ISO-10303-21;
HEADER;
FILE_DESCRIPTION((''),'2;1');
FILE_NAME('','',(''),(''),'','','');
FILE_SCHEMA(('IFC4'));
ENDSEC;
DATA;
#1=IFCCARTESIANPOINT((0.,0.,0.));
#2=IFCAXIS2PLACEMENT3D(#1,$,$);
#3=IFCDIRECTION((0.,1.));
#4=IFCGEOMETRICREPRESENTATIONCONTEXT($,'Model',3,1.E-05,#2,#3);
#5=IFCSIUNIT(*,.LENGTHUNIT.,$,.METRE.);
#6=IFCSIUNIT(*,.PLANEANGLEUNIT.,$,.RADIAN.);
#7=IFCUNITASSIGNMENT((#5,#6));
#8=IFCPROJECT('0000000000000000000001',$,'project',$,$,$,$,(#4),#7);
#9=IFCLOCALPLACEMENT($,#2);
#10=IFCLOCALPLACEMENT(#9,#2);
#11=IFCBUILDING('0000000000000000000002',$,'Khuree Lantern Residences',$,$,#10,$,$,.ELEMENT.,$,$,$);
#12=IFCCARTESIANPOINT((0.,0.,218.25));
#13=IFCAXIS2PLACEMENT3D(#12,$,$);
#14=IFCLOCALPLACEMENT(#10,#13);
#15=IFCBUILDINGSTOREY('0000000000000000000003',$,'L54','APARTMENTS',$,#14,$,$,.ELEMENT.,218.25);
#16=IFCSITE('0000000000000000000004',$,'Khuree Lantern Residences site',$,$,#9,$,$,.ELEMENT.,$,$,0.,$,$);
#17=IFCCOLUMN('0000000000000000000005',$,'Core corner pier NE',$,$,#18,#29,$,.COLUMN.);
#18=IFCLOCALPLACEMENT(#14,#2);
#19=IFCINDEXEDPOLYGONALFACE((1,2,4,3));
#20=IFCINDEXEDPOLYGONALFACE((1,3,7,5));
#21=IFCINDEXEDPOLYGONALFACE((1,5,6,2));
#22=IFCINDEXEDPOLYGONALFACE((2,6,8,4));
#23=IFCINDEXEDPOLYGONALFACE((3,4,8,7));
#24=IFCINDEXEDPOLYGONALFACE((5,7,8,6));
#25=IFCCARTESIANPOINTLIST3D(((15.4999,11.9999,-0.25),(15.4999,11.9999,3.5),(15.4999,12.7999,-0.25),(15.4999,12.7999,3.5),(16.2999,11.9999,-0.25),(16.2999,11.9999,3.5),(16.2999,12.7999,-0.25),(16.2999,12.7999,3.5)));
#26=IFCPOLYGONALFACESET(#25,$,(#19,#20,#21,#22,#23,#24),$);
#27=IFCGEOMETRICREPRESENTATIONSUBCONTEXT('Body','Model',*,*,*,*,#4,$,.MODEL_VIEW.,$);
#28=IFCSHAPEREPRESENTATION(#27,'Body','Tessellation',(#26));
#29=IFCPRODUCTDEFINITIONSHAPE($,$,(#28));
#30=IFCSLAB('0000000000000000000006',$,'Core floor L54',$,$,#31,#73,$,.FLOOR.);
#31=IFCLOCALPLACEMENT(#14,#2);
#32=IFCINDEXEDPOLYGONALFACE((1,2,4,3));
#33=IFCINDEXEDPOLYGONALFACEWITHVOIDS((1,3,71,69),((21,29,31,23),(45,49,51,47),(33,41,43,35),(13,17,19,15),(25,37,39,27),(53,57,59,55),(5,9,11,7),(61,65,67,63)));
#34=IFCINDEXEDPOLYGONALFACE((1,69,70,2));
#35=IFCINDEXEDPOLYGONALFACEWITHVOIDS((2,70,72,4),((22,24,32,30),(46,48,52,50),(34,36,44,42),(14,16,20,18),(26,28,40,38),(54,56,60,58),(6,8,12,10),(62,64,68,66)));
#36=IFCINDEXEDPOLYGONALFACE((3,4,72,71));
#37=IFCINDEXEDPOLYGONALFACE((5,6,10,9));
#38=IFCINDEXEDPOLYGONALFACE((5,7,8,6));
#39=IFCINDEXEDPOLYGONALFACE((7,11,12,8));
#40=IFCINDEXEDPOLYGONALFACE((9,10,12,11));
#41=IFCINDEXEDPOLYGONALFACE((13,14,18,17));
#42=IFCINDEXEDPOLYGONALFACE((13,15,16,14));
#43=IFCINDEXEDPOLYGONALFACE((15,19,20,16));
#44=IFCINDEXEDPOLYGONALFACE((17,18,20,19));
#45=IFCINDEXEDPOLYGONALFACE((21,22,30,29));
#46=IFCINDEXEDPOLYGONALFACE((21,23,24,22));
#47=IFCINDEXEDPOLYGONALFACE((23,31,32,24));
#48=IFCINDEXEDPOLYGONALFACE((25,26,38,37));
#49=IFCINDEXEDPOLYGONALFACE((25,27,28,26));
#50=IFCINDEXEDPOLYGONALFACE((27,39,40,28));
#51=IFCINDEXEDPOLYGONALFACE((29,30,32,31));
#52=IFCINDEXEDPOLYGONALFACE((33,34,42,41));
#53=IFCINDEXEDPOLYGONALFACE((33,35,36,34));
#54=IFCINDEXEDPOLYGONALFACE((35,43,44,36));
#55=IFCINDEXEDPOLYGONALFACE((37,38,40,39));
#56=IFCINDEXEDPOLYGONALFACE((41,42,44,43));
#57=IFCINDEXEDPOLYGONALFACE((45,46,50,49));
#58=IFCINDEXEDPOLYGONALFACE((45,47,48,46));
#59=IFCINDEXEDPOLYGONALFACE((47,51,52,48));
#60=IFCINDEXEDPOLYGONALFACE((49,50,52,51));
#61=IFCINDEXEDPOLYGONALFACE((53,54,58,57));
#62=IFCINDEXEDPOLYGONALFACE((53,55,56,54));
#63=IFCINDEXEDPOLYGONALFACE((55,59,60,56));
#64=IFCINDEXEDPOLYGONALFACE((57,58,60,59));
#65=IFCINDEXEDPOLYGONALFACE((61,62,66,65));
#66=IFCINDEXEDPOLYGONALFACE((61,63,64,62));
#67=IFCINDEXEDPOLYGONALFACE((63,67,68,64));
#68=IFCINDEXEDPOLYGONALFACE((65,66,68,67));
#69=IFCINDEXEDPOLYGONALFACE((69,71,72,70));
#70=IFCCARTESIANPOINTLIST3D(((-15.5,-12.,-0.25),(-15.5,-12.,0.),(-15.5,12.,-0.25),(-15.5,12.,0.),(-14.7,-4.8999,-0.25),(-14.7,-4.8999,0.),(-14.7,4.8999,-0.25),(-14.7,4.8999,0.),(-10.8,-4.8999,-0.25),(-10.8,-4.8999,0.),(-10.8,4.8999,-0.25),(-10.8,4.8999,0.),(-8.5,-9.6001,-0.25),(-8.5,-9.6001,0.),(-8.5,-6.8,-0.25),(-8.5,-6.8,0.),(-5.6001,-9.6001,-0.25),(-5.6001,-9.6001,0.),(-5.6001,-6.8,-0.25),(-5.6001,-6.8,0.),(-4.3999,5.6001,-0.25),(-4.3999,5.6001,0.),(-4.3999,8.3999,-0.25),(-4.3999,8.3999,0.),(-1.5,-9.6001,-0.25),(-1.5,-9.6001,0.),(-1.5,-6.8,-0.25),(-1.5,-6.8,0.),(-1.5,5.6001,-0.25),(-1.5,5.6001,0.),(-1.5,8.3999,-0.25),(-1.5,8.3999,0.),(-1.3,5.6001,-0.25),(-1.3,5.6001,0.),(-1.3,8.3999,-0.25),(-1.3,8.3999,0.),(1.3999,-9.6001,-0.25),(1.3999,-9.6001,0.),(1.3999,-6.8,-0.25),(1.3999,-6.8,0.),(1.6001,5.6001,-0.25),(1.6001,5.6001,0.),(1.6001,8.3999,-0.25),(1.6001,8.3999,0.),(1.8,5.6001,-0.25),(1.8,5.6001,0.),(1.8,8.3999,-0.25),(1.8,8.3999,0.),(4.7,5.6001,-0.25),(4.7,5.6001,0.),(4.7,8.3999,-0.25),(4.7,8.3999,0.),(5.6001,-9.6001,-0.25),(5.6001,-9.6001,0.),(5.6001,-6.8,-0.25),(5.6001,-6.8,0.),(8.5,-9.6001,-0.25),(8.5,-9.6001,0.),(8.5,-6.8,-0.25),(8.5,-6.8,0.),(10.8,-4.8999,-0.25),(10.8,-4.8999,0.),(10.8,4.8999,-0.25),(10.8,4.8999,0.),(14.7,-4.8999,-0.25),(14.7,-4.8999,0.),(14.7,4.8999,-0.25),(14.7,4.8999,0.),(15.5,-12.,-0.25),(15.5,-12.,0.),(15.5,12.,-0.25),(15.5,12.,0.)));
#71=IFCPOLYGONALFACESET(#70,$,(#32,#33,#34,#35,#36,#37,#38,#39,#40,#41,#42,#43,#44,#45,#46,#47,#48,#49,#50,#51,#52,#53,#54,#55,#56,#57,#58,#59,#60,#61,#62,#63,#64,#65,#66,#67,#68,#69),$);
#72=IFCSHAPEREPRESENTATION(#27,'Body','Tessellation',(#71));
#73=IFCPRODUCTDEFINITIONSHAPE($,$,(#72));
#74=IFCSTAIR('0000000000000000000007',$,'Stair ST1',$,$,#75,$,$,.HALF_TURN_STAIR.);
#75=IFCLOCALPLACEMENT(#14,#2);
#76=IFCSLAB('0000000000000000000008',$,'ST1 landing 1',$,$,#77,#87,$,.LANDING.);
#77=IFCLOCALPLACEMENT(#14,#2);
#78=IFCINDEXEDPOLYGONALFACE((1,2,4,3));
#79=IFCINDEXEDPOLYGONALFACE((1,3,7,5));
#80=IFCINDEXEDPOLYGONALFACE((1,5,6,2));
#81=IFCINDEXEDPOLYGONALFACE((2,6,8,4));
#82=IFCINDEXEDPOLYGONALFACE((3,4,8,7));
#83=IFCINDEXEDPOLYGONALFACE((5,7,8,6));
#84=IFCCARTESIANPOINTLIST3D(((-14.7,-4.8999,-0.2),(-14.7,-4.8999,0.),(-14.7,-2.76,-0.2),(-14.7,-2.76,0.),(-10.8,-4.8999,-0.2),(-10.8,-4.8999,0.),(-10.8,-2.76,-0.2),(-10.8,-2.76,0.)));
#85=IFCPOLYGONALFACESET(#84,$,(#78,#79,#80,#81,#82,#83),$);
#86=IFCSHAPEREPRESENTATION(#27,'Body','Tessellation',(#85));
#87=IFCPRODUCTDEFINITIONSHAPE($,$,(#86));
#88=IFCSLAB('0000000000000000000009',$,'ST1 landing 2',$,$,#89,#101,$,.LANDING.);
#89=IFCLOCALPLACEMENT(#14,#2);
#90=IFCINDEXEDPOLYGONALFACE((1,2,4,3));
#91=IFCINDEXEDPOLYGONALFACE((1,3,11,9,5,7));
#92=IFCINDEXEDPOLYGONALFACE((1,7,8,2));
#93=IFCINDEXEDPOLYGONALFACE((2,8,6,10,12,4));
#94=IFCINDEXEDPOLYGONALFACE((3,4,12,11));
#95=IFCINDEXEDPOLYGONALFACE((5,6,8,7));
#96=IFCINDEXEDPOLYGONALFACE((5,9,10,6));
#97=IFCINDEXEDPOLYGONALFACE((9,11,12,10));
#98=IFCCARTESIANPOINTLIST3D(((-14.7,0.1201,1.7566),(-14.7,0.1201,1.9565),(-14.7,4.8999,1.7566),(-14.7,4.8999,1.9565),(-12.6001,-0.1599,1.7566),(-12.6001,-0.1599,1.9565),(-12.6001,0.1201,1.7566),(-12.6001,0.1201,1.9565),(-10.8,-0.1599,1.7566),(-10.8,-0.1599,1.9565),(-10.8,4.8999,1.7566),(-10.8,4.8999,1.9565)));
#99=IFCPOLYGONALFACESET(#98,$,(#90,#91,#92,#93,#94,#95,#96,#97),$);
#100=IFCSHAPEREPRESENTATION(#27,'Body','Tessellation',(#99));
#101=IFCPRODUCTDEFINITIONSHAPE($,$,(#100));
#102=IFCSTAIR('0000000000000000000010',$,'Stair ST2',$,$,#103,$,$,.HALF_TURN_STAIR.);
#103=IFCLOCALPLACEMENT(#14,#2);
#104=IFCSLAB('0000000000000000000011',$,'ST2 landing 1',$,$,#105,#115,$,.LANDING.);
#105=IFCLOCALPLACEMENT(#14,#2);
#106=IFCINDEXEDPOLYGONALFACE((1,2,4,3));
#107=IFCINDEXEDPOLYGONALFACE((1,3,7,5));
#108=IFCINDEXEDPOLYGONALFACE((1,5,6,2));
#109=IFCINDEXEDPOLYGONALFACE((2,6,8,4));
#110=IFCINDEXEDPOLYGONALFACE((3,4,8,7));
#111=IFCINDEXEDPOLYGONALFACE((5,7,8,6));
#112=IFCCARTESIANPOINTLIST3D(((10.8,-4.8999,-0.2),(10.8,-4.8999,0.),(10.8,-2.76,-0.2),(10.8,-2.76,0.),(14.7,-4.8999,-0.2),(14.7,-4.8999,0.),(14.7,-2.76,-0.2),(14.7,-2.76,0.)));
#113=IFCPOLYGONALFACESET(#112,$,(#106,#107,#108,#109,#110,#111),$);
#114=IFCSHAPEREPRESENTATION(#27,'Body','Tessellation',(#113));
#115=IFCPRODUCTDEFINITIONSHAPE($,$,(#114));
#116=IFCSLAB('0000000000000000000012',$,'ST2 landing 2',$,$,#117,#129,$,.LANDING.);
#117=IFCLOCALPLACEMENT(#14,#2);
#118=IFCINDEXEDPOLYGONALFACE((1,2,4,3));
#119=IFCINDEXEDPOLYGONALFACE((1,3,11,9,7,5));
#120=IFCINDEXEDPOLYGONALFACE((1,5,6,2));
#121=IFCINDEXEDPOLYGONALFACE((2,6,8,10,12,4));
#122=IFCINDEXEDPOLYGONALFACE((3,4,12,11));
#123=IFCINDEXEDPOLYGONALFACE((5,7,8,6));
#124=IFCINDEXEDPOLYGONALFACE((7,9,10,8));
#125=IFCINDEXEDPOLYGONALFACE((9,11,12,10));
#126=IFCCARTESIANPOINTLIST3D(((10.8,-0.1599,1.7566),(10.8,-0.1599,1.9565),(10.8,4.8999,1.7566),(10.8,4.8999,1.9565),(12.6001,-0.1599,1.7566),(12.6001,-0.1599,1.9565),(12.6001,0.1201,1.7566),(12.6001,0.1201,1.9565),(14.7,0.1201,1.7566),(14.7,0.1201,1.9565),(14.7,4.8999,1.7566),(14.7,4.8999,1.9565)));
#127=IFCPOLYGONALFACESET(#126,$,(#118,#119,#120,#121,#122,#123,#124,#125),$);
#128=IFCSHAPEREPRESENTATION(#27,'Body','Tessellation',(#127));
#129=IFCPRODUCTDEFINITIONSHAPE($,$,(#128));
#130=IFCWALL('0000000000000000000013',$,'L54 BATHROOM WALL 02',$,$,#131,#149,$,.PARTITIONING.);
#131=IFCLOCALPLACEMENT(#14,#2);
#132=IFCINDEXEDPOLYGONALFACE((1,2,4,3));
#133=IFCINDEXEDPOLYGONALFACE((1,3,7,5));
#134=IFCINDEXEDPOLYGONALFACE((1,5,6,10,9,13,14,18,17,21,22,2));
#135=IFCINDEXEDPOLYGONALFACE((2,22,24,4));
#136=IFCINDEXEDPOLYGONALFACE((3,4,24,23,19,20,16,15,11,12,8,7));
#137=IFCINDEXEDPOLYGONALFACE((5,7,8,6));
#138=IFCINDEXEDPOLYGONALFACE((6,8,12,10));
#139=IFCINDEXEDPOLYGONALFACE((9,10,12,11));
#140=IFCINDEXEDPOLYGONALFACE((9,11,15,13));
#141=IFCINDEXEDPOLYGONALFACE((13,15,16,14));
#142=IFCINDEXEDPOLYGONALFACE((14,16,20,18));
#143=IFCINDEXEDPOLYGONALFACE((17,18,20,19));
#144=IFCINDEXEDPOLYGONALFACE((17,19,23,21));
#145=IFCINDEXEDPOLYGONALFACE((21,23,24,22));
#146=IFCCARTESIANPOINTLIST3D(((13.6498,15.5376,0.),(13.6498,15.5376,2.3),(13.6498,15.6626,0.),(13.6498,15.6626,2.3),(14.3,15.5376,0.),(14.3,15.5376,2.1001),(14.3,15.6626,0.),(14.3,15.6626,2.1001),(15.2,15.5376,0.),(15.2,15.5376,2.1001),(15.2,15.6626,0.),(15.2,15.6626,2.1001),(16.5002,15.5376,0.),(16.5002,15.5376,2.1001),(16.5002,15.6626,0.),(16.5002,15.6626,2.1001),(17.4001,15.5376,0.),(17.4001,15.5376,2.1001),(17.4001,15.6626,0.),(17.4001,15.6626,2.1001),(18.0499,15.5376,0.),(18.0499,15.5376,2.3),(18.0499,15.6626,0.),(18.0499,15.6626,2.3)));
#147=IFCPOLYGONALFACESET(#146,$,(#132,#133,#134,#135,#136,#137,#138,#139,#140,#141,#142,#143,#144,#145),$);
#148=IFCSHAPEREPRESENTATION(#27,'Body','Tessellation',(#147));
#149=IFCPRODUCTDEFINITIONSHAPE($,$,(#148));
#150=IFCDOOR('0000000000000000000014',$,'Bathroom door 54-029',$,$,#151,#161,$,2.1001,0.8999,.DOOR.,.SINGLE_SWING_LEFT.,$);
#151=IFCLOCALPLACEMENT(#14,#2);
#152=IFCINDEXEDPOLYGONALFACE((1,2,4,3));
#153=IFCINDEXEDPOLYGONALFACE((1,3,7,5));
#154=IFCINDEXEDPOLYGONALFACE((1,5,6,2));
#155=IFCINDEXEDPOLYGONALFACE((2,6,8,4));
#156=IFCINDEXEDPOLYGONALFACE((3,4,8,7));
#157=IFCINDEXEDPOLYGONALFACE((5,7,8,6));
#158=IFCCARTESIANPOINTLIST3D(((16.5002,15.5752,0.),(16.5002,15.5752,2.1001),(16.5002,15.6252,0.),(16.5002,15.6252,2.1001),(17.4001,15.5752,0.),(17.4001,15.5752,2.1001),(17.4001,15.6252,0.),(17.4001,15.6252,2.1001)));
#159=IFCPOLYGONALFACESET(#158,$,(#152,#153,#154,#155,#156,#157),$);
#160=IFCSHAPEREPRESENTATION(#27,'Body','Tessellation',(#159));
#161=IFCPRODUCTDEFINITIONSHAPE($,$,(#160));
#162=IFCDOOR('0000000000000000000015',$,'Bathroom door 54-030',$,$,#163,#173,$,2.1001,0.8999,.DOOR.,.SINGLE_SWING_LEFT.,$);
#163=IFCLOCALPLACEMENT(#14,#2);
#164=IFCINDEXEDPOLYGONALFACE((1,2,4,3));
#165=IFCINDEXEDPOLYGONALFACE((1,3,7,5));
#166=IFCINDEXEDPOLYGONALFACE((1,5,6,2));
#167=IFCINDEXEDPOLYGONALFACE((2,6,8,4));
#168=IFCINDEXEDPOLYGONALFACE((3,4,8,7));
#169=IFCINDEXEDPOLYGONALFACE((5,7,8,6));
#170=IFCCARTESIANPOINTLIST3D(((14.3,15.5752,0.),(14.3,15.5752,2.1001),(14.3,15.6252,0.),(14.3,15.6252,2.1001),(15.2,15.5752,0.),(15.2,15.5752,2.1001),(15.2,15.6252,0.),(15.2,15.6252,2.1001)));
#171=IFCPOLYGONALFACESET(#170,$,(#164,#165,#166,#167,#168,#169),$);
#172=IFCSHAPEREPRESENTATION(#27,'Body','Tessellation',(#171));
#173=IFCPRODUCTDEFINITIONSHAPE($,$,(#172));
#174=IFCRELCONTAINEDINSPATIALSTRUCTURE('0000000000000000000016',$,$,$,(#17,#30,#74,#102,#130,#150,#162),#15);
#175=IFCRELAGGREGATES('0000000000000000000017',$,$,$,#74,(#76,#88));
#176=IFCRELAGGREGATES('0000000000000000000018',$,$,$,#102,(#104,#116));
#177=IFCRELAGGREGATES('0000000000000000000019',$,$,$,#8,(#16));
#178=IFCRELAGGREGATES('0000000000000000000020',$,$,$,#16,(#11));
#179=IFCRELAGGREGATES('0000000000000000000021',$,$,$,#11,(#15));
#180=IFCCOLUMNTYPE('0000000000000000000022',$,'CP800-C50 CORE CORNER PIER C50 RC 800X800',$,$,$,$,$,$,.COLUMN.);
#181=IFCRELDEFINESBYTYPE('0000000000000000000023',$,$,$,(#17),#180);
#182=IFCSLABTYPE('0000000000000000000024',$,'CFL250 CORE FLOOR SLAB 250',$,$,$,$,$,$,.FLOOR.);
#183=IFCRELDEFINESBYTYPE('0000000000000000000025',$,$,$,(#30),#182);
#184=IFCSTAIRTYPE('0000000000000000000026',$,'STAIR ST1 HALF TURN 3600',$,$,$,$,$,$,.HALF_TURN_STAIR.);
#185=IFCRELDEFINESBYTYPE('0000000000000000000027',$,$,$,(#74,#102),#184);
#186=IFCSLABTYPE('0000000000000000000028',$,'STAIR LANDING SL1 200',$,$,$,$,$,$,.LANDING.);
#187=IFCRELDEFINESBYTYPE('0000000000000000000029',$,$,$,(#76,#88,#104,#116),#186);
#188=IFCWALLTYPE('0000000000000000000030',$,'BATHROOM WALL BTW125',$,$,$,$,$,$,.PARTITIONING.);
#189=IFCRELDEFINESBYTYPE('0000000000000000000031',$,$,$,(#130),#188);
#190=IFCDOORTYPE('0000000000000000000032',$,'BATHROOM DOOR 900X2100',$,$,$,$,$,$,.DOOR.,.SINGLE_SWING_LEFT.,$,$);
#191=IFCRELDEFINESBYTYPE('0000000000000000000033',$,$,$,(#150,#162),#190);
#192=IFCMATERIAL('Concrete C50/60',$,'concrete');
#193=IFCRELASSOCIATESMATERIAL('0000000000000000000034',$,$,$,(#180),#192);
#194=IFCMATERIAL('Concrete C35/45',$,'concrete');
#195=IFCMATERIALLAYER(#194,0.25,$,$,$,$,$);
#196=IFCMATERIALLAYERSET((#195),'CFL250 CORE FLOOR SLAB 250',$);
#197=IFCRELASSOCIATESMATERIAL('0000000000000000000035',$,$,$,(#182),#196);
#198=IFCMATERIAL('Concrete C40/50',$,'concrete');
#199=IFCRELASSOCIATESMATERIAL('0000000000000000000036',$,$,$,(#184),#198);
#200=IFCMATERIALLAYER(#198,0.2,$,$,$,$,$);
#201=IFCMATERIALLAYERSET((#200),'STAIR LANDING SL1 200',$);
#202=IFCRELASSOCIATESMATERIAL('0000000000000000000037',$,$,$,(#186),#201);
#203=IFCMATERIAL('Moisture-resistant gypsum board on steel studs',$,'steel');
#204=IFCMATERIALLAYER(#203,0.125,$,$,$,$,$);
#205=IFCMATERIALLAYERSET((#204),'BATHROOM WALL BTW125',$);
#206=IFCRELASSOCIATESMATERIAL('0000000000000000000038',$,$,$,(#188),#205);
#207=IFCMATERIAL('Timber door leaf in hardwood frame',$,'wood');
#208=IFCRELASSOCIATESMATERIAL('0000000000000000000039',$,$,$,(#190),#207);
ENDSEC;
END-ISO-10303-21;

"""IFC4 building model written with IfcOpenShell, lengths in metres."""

from ifc_helpers import new_model, si_unit, direction, frame, frame_2d, origin, origin_2d, place, context, subcontext, project, spatial, polyline, rectangle, outline, extrude, material, layer, layer_set, material_profile, profile_set, type_object, element, fill, aggregate, save


model = new_model("IFC4")

# Units and contexts
model_context = context("Model", 3, precision=1e-05, world=origin(), true_north=direction((0.0, 1.0)))
body_context = subcontext(model_context, "Body", "Model", "MODEL_VIEW")
ifc_project = project(units=[si_unit("LENGTHUNIT", "METRE"), si_unit("PLANEANGLEUNIT", "RADIAN")], contexts=[model_context])

# Site, building, storey
site_placement = place(None, origin())
site = spatial("IfcSite", under=ifc_project, at=site_placement, Name="Khuree Lantern Residences site", CompositionType="ELEMENT", RefElevation=0.0)
building_placement = place(site_placement, origin())
building = spatial("IfcBuilding", under=site, at=building_placement, Name="Khuree Lantern Residences", CompositionType="ELEMENT")
storey_placement = place(building_placement, frame((0.0, 0.0, 218.25)))
storey = spatial("IfcBuildingStorey", under=building, at=storey_placement, Name="L54", Description="APARTMENTS", CompositionType="ELEMENT", Elevation=218.25)

# Column
ifc_material_1 = material(Name="Concrete C50/60", Category="concrete")
ifc_material_profile = material_profile(ifc_material_1, rectangle(XDim=0.8, YDim=0.8, at=origin_2d()), Name="RC 800X800")
ifc_profile_set = profile_set([ifc_material_profile], Name="Concrete C50/60")
column_type = type_object("IfcColumnType", Name="CP800-C50 CORE CORNER PIER C50 RC 800X800", PredefinedType="COLUMN", material=ifc_profile_set)
column_placement = place(storey_placement, frame((15.8999, 12.3999, -0.25), z_axis=(0.0, 0.0, 1.0), x_axis=(1.0, 0.0, 0.0)))
element("IfcColumn", 1, at=column_placement, inside=storey, type_object=column_type, Name="Core corner pier NE", PredefinedType="COLUMN", context=body_context, shape_type="SweptSolid", body=[
    extrude(rectangle(XDim=0.8, YDim=0.8, at=origin_2d()), origin(), (0.0, 0.0, 1.0), 3.75),
])

# Slab
ifc_material_2 = material(Name="Concrete C35/45", Category="concrete")
ifc_layer_1 = layer(ifc_material_2, 0.25)
ifc_layer_set_1 = layer_set([ifc_layer_1], Name="CFL250 CORE FLOOR SLAB 250")
slab_type_1 = type_object("IfcSlabType", Name="CFL250 CORE FLOOR SLAB 250", PredefinedType="FLOOR", material=ifc_layer_set_1)
slab_1_placement = place(storey_placement, frame((0.0, 0.0, -0.25)))
element("IfcSlab", 2, at=slab_1_placement, inside=storey, type_object=slab_type_1, Name="Core floor L54", PredefinedType="FLOOR", context=body_context, shape_type="SweptSolid", body=[
    extrude(outline(polyline([(-15.5, -12.0), (-15.5, 12.0), (15.5, 12.0), (15.5, -12.0), (-15.5, -12.0)]), holes=[polyline([(10.8, 4.8999), (10.8, -4.8999), (14.7, -4.8999), (14.7, 4.8999), (10.8, 4.8999)]), polyline([(5.6001, -6.8), (5.6001, -9.6001), (8.5, -9.6001), (8.5, -6.8), (5.6001, -6.8)]), polyline([(1.8, 8.3999), (1.8, 5.6001), (4.7, 5.6001), (4.7, 8.3999), (1.8, 8.3999)]), polyline([(-1.3, 8.3999), (-1.3, 5.6001), (1.6001, 5.6001), (1.6001, 8.3999), (-1.3, 8.3999)]), polyline([(-1.5, -6.8), (-1.5, -9.6001), (1.3999, -9.6001), (1.3999, -6.8), (-1.5, -6.8)]), polyline([(-4.3999, 8.3999), (-4.3999, 5.6001), (-1.5, 5.6001), (-1.5, 8.3999), (-4.3999, 8.3999)]), polyline([(-8.5, -6.8), (-8.5, -9.6001), (-5.6001, -9.6001), (-5.6001, -6.8), (-8.5, -6.8)]), polyline([(-14.7, 4.8999), (-14.7, -4.8999), (-10.8, -4.8999), (-10.8, 4.8999), (-14.7, 4.8999)])]), origin(), (0.0, 0.0, 1.0), 0.25),
])

# Stairs, slabs
ifc_material_3 = material(Name="Concrete C40/50", Category="concrete")
stair_type = type_object("IfcStairType", Name="STAIR ST1 HALF TURN 3600", PredefinedType="HALF_TURN_STAIR", material=ifc_material_3)
stair_1_placement = place(storey_placement, origin())
stair_1 = element("IfcStair", 3, at=stair_1_placement, inside=storey, type_object=stair_type, Name="Stair ST1", PredefinedType="HALF_TURN_STAIR")
ifc_layer_2 = layer(ifc_material_3, 0.2)
ifc_layer_set_2 = layer_set([ifc_layer_2], Name="STAIR LANDING SL1 200")
slab_type_2 = type_object("IfcSlabType", Name="STAIR LANDING SL1 200", PredefinedType="LANDING", material=ifc_layer_set_2)
slab_2_placement = place(storey_placement, frame((0.0, 0.0, -0.2)))
slab_2 = element("IfcSlab", 4, at=slab_2_placement, type_object=slab_type_2, Name="ST1 landing 1", PredefinedType="LANDING", context=body_context, shape_type="SweptSolid", body=[
    extrude(outline(polyline([(-14.7, -4.8999), (-10.8, -4.8999), (-10.8, -2.76), (-14.7, -2.76), (-14.7, -4.8999)])), origin(), (0.0, 0.0, 1.0), 0.2),
])
slab_3_placement = place(storey_placement, frame((0.0, 0.0, 1.7566)))
slab_3 = element("IfcSlab", 5, at=slab_3_placement, type_object=slab_type_2, Name="ST1 landing 2", PredefinedType="LANDING", context=body_context, shape_type="SweptSolid", body=[
    extrude(outline(polyline([(-14.7, 0.1201), (-14.7, 4.8999), (-10.8, 4.8999), (-10.8, -0.1599), (-12.6001, -0.1599), (-12.6001, 0.1201), (-14.7, 0.1201)])), origin(), (0.0, 0.0, 1.0), 0.2),
])
aggregate(stair_1, [slab_2, slab_3])
stair_2_placement = place(storey_placement, origin())
stair_2 = element("IfcStair", 6, at=stair_2_placement, inside=storey, type_object=stair_type, Name="Stair ST2", PredefinedType="HALF_TURN_STAIR")
slab_4_placement = place(storey_placement, frame((0.0, 0.0, -0.2)))
slab_4 = element("IfcSlab", 7, at=slab_4_placement, type_object=slab_type_2, Name="ST2 landing 1", PredefinedType="LANDING", context=body_context, shape_type="SweptSolid", body=[
    extrude(outline(polyline([(10.8, -4.8999), (14.7, -4.8999), (14.7, -2.76), (10.8, -2.76), (10.8, -4.8999)])), origin(), (0.0, 0.0, 1.0), 0.2),
])
slab_5_placement = place(storey_placement, frame((0.0, 0.0, 1.7566)))
slab_5 = element("IfcSlab", 8, at=slab_5_placement, type_object=slab_type_2, Name="ST2 landing 2", PredefinedType="LANDING", context=body_context, shape_type="SweptSolid", body=[
    extrude(outline(polyline([(14.7, 4.8999), (14.7, 0.1201), (12.6001, 0.1201), (12.6001, -0.1599), (10.8, -0.1599), (10.8, 4.8999), (14.7, 4.8999)])), origin(), (0.0, 0.0, 1.0), 0.2),
])
aggregate(stair_2, [slab_4, slab_5])

# Wall, openings, doors
ifc_material_4 = material(Name="Moisture-resistant gypsum board on steel studs", Category="steel")
ifc_layer_3 = layer(ifc_material_4, 0.125)
ifc_layer_set_3 = layer_set([ifc_layer_3], Name="BATHROOM WALL BTW125")
wall_type_1 = type_object("IfcWallType", Name="BATHROOM WALL BTW125", PredefinedType="PARTITIONING", material=ifc_layer_set_3)
wall_1_placement = place(storey_placement, frame((18.05, 15.6001, 0.0), z_axis=(0.0, 0.0, 1.0), x_axis=(-1.0, 0.0, 0.0)))
wall_1 = element("IfcWall", 9, at=wall_1_placement, inside=storey, type_object=wall_type_1, Name="L54 BATHROOM WALL 02", PredefinedType="PARTITIONING", context=body_context, shape_type="SweptSolid", body=[
    extrude(rectangle(XDim=4.4001, YDim=0.125, at=frame_2d((2.2002, 0.0))), origin(), (0.0, 0.0, 1.0), 2.3),
])
opening_1_placement = place(wall_1_placement, frame((0.6499, 0.0, 0.0)))
opening_1 = element("IfcOpeningElement", 10, at=opening_1_placement, cuts=wall_1, PredefinedType="OPENING", context=body_context, shape_type="SweptSolid", body=[
    extrude(rectangle(XDim=0.8999, YDim=2.1001, at=frame_2d((0.45, 1.05))), frame((0.0, 0.0725, 0.0), z_axis=(0.0, -1.0, 0.0), x_axis=(1.0, 0.0, 0.0)), (0.0, 0.0, 1.0), 0.145),
])
opening_2_placement = place(wall_1_placement, frame((2.8501, 0.0, 0.0)))
opening_2 = element("IfcOpeningElement", 11, at=opening_2_placement, cuts=wall_1, PredefinedType="OPENING", context=body_context, shape_type="SweptSolid", body=[
    extrude(rectangle(XDim=0.8999, YDim=2.1001, at=frame_2d((0.45, 1.05))), frame((0.0, 0.0725, 0.0), z_axis=(0.0, -1.0, 0.0), x_axis=(1.0, 0.0, 0.0)), (0.0, 0.0, 1.0), 0.145),
])
ifc_material_5 = material(Name="Timber door leaf in hardwood frame", Category="wood")
door_type_1 = type_object("IfcDoorType", Name="BATHROOM DOOR 900X2100", OperationType="SINGLE_SWING_LEFT", PredefinedType="DOOR", material=ifc_material_5)
door_1_placement = place(opening_1_placement, origin())
door_1 = element("IfcDoor", 12, at=door_1_placement, inside=storey, type_object=door_type_1, Name="Bathroom door 54-029", OperationType="SINGLE_SWING_LEFT", OverallHeight=2.1001, OverallWidth=0.8999, PredefinedType="DOOR", context=body_context, shape_type="SweptSolid", body=[
    extrude(rectangle(XDim=0.8999, YDim=2.1001, at=frame_2d((0.45, 1.05))), frame((0.0, 0.0249, 0.0), z_axis=(0.0, -1.0, 0.0), x_axis=(1.0, 0.0, 0.0)), (0.0, 0.0, 1.0), 0.05),
])
fill(opening_1, door_1)
door_2_placement = place(opening_2_placement, origin())
door_2 = element("IfcDoor", 13, at=door_2_placement, inside=storey, type_object=door_type_1, Name="Bathroom door 54-030", OperationType="SINGLE_SWING_LEFT", OverallHeight=2.1001, OverallWidth=0.8999, PredefinedType="DOOR", context=body_context, shape_type="SweptSolid", body=[
    extrude(rectangle(XDim=0.8999, YDim=2.1001, at=frame_2d((0.45, 1.05))), frame((0.0, 0.0249, 0.0), z_axis=(0.0, -1.0, 0.0), x_axis=(1.0, 0.0, 0.0)), (0.0, 0.0, 1.0), 0.05),
])
fill(opening_2, door_2)

save(model, "model.ifc")
